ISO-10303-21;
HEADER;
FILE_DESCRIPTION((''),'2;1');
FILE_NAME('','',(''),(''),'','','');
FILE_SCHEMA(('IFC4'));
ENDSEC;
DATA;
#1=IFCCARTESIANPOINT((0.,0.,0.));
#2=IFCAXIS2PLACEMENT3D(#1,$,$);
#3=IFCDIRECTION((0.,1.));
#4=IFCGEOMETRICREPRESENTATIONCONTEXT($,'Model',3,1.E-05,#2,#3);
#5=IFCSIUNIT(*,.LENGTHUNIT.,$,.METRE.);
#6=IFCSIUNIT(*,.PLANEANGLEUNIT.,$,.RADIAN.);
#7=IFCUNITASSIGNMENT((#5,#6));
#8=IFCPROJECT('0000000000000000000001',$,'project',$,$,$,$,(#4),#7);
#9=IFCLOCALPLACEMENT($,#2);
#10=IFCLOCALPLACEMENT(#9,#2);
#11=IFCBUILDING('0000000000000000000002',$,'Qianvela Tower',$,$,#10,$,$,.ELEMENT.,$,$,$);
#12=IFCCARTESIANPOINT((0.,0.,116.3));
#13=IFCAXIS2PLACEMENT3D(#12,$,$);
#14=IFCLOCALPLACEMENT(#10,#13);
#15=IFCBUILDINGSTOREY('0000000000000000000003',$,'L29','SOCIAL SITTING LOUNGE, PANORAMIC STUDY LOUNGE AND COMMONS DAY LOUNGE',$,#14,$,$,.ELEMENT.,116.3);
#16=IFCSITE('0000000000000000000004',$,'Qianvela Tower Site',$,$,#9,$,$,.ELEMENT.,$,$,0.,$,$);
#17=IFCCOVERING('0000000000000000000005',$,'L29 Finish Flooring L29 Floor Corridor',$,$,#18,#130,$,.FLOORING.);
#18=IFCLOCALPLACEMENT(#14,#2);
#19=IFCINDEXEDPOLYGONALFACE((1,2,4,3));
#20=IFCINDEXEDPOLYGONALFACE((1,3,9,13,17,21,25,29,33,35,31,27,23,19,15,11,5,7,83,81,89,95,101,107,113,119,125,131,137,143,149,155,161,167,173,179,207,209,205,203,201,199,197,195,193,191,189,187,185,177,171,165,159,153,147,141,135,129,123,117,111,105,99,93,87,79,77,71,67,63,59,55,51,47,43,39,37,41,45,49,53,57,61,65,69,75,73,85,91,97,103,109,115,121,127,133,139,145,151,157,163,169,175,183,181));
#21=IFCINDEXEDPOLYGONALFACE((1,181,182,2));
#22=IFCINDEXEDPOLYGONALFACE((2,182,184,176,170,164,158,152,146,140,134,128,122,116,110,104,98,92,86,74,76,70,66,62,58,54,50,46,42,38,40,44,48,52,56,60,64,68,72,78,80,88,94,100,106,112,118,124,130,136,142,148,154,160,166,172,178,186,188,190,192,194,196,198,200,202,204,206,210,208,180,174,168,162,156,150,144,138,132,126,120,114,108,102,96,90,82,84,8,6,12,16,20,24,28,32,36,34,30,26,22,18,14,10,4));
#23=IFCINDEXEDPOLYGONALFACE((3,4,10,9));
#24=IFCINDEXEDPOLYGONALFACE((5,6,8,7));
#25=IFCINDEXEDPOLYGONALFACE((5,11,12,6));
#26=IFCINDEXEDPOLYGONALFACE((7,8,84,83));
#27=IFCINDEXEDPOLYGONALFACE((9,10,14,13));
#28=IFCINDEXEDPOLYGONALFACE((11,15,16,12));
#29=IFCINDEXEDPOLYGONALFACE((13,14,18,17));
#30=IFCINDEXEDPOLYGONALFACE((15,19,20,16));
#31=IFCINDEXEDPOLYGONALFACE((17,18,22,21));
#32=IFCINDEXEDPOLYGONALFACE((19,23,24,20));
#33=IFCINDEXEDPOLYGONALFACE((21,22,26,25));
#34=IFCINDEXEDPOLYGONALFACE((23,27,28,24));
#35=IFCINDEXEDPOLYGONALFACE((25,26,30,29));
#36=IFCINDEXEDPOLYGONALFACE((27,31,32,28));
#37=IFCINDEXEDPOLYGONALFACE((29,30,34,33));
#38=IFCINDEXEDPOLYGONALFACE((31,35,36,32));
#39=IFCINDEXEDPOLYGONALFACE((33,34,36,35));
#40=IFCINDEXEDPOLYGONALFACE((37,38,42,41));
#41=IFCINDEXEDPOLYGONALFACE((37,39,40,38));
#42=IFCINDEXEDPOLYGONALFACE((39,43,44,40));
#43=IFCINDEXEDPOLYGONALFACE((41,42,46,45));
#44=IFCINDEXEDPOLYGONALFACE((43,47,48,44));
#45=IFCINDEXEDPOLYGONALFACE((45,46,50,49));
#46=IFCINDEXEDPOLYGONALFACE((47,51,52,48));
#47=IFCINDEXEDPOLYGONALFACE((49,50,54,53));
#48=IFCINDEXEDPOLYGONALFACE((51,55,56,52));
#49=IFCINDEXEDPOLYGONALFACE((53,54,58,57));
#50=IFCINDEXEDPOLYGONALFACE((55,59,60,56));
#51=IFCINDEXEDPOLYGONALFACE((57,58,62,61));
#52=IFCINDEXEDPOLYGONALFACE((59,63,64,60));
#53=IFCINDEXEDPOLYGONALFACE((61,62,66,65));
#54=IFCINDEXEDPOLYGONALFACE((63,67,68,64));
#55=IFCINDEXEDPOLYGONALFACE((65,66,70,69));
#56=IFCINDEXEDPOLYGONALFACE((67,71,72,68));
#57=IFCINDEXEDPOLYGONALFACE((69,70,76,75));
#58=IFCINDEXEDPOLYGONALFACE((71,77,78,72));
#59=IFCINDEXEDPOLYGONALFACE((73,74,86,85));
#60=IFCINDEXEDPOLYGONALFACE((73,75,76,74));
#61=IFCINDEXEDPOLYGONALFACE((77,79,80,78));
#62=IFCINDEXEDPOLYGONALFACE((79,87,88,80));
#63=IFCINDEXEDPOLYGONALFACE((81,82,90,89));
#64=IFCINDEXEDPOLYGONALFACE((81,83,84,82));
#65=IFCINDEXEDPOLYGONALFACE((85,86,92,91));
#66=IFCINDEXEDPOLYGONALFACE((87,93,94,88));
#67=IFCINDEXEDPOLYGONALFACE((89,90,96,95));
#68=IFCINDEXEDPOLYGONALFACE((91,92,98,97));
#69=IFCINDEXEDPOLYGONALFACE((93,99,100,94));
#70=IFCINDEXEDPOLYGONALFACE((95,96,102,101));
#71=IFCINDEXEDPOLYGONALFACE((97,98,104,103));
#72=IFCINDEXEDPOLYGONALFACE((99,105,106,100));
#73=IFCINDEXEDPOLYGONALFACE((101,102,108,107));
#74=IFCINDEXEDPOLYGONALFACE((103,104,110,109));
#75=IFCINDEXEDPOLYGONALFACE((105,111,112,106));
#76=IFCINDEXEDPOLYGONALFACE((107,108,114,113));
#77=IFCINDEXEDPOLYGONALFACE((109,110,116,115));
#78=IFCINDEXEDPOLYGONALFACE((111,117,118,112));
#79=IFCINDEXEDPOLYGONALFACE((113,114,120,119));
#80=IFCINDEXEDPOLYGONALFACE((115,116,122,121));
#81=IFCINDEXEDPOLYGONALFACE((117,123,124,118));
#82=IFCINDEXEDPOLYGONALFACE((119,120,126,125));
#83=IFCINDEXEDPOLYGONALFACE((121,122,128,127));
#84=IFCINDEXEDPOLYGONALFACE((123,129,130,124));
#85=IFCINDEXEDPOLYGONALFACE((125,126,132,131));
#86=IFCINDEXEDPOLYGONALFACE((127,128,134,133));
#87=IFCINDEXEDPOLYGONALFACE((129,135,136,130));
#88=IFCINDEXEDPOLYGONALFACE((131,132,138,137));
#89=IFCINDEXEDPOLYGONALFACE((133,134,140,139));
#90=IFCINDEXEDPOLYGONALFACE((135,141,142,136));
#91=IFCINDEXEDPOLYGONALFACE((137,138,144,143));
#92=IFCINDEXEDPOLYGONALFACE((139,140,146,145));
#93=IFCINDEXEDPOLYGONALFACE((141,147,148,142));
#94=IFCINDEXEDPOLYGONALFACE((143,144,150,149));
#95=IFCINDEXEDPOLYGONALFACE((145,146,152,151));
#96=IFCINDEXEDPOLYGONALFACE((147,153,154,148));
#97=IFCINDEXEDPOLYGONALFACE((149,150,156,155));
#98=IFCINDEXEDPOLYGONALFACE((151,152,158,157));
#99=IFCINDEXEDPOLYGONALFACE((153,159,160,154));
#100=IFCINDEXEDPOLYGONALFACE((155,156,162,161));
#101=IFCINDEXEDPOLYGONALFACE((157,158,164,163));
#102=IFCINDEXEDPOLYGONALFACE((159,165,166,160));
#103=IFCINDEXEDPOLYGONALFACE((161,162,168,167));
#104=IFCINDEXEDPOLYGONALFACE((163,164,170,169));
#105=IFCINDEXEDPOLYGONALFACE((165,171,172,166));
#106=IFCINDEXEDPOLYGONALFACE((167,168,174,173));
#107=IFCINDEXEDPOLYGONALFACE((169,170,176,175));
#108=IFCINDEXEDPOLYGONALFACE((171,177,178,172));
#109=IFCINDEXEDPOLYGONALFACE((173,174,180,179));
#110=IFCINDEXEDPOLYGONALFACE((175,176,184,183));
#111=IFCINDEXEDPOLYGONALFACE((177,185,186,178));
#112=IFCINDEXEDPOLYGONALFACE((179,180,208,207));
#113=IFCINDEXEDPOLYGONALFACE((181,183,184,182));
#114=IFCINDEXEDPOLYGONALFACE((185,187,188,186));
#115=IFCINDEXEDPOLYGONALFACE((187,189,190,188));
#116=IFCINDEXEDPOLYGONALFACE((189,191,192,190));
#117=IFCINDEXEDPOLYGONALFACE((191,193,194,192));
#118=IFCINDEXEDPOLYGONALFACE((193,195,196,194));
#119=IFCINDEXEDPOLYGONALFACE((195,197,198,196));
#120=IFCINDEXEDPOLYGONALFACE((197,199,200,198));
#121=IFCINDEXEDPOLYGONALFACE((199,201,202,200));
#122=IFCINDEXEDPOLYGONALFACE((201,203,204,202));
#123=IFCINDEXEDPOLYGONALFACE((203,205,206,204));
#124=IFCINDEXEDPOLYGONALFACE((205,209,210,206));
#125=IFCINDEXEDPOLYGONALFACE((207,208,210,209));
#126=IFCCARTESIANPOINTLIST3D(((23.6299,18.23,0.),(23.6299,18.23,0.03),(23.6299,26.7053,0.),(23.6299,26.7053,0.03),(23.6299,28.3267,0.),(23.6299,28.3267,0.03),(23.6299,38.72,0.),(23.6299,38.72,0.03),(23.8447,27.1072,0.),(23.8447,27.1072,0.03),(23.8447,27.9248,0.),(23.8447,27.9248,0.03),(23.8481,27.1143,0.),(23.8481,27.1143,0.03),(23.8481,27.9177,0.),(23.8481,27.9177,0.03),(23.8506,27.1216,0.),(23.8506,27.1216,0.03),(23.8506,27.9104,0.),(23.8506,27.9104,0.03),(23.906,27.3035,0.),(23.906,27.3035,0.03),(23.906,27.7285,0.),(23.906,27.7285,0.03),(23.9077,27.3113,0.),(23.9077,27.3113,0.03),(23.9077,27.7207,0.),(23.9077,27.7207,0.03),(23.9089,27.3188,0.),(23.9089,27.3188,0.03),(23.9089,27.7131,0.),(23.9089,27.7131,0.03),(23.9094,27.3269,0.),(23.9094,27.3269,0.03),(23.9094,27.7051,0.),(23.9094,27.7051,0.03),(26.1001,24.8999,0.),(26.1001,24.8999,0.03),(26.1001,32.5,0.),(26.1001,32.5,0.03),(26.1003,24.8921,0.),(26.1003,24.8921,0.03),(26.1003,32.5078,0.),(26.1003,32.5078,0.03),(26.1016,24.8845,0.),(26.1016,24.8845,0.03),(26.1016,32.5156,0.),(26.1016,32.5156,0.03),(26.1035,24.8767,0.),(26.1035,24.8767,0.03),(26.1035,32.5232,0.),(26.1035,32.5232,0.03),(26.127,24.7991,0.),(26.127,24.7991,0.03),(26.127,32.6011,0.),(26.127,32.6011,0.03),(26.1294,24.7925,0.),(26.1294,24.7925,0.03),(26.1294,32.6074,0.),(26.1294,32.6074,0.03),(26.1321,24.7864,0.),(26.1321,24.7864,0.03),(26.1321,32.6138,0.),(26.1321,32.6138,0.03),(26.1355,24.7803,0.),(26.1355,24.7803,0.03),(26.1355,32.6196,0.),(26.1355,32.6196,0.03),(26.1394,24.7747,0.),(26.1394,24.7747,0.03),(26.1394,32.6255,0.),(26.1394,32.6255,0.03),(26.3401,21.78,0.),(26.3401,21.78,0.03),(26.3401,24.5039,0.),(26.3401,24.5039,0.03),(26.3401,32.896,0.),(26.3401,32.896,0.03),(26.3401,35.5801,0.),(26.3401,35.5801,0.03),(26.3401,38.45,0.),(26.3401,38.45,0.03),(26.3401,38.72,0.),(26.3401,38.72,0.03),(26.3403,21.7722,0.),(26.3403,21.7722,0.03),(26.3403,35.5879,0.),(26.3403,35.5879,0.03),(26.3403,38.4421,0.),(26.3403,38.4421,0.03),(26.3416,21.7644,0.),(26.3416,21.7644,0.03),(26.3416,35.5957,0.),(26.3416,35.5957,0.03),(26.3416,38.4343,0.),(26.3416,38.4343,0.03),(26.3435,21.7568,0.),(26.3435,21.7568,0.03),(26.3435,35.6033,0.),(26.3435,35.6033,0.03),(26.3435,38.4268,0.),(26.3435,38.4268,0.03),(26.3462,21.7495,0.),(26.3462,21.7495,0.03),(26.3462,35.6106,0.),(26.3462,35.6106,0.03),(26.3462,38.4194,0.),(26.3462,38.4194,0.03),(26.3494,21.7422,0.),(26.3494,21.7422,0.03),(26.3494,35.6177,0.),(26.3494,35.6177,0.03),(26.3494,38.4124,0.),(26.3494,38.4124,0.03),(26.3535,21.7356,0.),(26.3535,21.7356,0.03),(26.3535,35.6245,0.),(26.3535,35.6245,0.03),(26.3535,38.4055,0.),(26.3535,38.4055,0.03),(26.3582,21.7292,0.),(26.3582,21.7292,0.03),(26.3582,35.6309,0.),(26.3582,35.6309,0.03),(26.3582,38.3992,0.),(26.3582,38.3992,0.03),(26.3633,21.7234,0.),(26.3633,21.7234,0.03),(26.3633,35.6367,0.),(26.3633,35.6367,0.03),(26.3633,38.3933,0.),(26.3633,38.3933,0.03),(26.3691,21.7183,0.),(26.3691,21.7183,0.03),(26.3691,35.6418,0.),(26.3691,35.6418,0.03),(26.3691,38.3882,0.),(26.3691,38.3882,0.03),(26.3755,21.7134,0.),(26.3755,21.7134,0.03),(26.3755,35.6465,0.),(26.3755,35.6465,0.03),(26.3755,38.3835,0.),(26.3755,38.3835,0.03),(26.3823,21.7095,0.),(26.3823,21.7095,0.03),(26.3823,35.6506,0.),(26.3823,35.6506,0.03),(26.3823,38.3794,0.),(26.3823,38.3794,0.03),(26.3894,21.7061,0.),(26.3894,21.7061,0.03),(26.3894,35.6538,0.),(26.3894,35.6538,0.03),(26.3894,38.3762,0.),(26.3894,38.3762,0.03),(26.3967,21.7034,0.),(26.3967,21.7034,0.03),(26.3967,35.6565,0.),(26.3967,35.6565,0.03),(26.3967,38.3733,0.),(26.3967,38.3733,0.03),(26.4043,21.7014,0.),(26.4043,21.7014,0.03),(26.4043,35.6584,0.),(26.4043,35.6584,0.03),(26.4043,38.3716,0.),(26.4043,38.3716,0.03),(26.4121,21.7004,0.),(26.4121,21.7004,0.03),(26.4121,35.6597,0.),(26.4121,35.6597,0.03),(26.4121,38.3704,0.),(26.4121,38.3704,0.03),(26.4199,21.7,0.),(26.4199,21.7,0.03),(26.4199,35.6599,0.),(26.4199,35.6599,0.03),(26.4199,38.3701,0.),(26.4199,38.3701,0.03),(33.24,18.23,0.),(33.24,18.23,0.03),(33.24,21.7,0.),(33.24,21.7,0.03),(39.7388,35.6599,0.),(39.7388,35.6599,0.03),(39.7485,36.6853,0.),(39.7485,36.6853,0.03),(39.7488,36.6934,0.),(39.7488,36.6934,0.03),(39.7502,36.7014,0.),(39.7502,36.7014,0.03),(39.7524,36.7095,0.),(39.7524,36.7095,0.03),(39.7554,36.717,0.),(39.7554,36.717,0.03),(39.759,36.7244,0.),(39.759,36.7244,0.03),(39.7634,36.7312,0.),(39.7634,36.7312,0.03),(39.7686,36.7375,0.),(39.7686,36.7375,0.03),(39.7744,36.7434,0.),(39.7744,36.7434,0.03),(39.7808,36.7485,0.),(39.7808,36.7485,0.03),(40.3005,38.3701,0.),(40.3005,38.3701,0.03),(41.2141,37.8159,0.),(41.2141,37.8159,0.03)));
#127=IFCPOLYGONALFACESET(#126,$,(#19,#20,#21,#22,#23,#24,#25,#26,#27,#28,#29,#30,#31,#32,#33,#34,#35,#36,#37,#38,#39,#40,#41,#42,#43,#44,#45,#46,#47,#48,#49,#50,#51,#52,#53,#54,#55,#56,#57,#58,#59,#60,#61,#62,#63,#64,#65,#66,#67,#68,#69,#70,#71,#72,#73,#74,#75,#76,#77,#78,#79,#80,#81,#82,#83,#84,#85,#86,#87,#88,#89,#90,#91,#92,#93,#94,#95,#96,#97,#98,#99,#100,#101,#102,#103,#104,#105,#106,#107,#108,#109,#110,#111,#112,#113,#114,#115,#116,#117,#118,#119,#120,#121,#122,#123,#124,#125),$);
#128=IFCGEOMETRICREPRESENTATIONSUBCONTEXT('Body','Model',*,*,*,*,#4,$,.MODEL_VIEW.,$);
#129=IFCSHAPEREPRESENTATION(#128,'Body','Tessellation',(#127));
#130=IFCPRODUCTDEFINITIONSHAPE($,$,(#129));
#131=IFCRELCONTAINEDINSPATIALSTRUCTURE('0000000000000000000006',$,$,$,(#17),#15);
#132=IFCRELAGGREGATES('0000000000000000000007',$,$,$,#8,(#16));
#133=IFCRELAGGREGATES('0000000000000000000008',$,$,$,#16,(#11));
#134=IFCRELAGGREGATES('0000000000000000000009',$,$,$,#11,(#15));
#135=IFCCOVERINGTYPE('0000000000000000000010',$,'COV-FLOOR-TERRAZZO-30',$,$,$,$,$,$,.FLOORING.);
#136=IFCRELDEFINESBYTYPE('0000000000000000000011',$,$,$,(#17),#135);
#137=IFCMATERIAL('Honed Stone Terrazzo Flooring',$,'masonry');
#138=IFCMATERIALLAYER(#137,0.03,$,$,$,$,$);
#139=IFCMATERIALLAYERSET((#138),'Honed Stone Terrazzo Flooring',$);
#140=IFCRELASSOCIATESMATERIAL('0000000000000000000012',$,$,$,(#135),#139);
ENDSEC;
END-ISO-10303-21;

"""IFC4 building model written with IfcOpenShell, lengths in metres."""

from ifc_helpers import new_model, si_unit, direction, frame, origin, place, context, subcontext, project, spatial, polyline, outline, extrude, material, layer, layer_set, type_object, element, save


model = new_model("IFC4")

# Units and contexts
model_context = context("Model", 3, precision=1e-05, world=origin(), true_north=direction((0.0, 1.0)))
body_context = subcontext(model_context, "Body", "Model", "MODEL_VIEW")
ifc_project = project(units=[si_unit("LENGTHUNIT", "METRE"), si_unit("PLANEANGLEUNIT", "RADIAN")], contexts=[model_context])

# Site, building, storey
site_placement = place(None, origin())
site = spatial("IfcSite", under=ifc_project, at=site_placement, Name="Qianvela Tower Site", CompositionType="ELEMENT", RefElevation=0.0)
building_placement = place(site_placement, origin())
building = spatial("IfcBuilding", under=site, at=building_placement, Name="Qianvela Tower", CompositionType="ELEMENT")
storey_placement = place(building_placement, frame((0.0, 0.0, 116.3)))
storey = spatial("IfcBuildingStorey", under=building, at=storey_placement, Name="L29", Description="SOCIAL SITTING LOUNGE, PANORAMIC STUDY LOUNGE AND COMMONS DAY LOUNGE", CompositionType="ELEMENT", Elevation=116.3)

# Covering
ifc_material_1 = material(Name="Honed Stone Terrazzo Flooring", Category="masonry")
ifc_layer_1 = layer(ifc_material_1, 0.03)
ifc_layer_set_1 = layer_set([ifc_layer_1], Name="Honed Stone Terrazzo Flooring")
covering_type_1 = type_object("IfcCoveringType", Name="COV-FLOOR-TERRAZZO-30", PredefinedType="FLOORING", material=ifc_layer_set_1)
covering_1_placement = place(storey_placement, origin())
element("IfcCovering", 1, at=covering_1_placement, inside=storey, type_object=covering_type_1, Name="L29 Finish Flooring L29 Floor Corridor", PredefinedType="FLOORING", context=body_context, shape_type="SweptSolid", body=[
    extrude(outline(polyline([(23.8506, 27.9104), (23.8481, 27.9177), (23.8447, 27.9248), (23.6299, 28.3267), (23.6299, 38.72), (26.3401, 38.72), (26.3401, 38.45), (26.3403, 38.4421), (26.3416, 38.4343), (26.3435, 38.4268), (26.3462, 38.4194), (26.3494, 38.4124), (26.3535, 38.4055), (26.3582, 38.3992), (26.3633, 38.3933), (26.3691, 38.3882), (26.3755, 38.3835), (26.3823, 38.3794), (26.3894, 38.3762), (26.3967, 38.3733), (26.4043, 38.3716), (26.4121, 38.3704), (26.4199, 38.3701), (40.3005, 38.3701), (41.2141, 37.8159), (39.7808, 36.7485), (39.7744, 36.7434), (39.7686, 36.7375), (39.7634, 36.7312), (39.759, 36.7244), (39.7554, 36.717), (39.7524, 36.7095), (39.7502, 36.7014), (39.7488, 36.6934), (39.7485, 36.6853), (39.7388, 35.6599), (26.4199, 35.6599), (26.4121, 35.6597), (26.4043, 35.6584), (26.3967, 35.6565), (26.3894, 35.6538), (26.3823, 35.6506), (26.3755, 35.6465), (26.3691, 35.6418), (26.3633, 35.6367), (26.3582, 35.6309), (26.3535, 35.6245), (26.3494, 35.6177), (26.3462, 35.6106), (26.3435, 35.6033), (26.3416, 35.5957), (26.3403, 35.5879), (26.3401, 35.5801), (26.3401, 32.896), (26.1394, 32.6255), (26.1355, 32.6196), (26.1321, 32.6138), (26.1294, 32.6074), (26.127, 32.6011), (26.1035, 32.5232), (26.1016, 32.5156), (26.1003, 32.5078), (26.1001, 32.5), (26.1001, 24.8999), (26.1003, 24.8921), (26.1016, 24.8845), (26.1035, 24.8767), (26.127, 24.7991), (26.1294, 24.7925), (26.1321, 24.7864), (26.1355, 24.7803), (26.1394, 24.7747), (26.3401, 24.5039), (26.3401, 21.78), (26.3403, 21.7722), (26.3416, 21.7644), (26.3435, 21.7568), (26.3462, 21.7495), (26.3494, 21.7422), (26.3535, 21.7356), (26.3582, 21.7292), (26.3633, 21.7234), (26.3691, 21.7183), (26.3755, 21.7134), (26.3823, 21.7095), (26.3894, 21.7061), (26.3967, 21.7034), (26.4043, 21.7014), (26.4121, 21.7004), (26.4199, 21.7), (33.24, 21.7), (33.24, 18.23), (23.6299, 18.23), (23.6299, 26.7053), (23.8447, 27.1072), (23.8481, 27.1143), (23.8506, 27.1216), (23.906, 27.3035), (23.9077, 27.3113), (23.9089, 27.3188), (23.9094, 27.3269), (23.9094, 27.7051), (23.9089, 27.7131), (23.9077, 27.7207), (23.906, 27.7285), (23.8506, 27.9104)])), origin(), (0.0, 0.0, 1.0), 0.03),
])

save(model, "model.ifc")
